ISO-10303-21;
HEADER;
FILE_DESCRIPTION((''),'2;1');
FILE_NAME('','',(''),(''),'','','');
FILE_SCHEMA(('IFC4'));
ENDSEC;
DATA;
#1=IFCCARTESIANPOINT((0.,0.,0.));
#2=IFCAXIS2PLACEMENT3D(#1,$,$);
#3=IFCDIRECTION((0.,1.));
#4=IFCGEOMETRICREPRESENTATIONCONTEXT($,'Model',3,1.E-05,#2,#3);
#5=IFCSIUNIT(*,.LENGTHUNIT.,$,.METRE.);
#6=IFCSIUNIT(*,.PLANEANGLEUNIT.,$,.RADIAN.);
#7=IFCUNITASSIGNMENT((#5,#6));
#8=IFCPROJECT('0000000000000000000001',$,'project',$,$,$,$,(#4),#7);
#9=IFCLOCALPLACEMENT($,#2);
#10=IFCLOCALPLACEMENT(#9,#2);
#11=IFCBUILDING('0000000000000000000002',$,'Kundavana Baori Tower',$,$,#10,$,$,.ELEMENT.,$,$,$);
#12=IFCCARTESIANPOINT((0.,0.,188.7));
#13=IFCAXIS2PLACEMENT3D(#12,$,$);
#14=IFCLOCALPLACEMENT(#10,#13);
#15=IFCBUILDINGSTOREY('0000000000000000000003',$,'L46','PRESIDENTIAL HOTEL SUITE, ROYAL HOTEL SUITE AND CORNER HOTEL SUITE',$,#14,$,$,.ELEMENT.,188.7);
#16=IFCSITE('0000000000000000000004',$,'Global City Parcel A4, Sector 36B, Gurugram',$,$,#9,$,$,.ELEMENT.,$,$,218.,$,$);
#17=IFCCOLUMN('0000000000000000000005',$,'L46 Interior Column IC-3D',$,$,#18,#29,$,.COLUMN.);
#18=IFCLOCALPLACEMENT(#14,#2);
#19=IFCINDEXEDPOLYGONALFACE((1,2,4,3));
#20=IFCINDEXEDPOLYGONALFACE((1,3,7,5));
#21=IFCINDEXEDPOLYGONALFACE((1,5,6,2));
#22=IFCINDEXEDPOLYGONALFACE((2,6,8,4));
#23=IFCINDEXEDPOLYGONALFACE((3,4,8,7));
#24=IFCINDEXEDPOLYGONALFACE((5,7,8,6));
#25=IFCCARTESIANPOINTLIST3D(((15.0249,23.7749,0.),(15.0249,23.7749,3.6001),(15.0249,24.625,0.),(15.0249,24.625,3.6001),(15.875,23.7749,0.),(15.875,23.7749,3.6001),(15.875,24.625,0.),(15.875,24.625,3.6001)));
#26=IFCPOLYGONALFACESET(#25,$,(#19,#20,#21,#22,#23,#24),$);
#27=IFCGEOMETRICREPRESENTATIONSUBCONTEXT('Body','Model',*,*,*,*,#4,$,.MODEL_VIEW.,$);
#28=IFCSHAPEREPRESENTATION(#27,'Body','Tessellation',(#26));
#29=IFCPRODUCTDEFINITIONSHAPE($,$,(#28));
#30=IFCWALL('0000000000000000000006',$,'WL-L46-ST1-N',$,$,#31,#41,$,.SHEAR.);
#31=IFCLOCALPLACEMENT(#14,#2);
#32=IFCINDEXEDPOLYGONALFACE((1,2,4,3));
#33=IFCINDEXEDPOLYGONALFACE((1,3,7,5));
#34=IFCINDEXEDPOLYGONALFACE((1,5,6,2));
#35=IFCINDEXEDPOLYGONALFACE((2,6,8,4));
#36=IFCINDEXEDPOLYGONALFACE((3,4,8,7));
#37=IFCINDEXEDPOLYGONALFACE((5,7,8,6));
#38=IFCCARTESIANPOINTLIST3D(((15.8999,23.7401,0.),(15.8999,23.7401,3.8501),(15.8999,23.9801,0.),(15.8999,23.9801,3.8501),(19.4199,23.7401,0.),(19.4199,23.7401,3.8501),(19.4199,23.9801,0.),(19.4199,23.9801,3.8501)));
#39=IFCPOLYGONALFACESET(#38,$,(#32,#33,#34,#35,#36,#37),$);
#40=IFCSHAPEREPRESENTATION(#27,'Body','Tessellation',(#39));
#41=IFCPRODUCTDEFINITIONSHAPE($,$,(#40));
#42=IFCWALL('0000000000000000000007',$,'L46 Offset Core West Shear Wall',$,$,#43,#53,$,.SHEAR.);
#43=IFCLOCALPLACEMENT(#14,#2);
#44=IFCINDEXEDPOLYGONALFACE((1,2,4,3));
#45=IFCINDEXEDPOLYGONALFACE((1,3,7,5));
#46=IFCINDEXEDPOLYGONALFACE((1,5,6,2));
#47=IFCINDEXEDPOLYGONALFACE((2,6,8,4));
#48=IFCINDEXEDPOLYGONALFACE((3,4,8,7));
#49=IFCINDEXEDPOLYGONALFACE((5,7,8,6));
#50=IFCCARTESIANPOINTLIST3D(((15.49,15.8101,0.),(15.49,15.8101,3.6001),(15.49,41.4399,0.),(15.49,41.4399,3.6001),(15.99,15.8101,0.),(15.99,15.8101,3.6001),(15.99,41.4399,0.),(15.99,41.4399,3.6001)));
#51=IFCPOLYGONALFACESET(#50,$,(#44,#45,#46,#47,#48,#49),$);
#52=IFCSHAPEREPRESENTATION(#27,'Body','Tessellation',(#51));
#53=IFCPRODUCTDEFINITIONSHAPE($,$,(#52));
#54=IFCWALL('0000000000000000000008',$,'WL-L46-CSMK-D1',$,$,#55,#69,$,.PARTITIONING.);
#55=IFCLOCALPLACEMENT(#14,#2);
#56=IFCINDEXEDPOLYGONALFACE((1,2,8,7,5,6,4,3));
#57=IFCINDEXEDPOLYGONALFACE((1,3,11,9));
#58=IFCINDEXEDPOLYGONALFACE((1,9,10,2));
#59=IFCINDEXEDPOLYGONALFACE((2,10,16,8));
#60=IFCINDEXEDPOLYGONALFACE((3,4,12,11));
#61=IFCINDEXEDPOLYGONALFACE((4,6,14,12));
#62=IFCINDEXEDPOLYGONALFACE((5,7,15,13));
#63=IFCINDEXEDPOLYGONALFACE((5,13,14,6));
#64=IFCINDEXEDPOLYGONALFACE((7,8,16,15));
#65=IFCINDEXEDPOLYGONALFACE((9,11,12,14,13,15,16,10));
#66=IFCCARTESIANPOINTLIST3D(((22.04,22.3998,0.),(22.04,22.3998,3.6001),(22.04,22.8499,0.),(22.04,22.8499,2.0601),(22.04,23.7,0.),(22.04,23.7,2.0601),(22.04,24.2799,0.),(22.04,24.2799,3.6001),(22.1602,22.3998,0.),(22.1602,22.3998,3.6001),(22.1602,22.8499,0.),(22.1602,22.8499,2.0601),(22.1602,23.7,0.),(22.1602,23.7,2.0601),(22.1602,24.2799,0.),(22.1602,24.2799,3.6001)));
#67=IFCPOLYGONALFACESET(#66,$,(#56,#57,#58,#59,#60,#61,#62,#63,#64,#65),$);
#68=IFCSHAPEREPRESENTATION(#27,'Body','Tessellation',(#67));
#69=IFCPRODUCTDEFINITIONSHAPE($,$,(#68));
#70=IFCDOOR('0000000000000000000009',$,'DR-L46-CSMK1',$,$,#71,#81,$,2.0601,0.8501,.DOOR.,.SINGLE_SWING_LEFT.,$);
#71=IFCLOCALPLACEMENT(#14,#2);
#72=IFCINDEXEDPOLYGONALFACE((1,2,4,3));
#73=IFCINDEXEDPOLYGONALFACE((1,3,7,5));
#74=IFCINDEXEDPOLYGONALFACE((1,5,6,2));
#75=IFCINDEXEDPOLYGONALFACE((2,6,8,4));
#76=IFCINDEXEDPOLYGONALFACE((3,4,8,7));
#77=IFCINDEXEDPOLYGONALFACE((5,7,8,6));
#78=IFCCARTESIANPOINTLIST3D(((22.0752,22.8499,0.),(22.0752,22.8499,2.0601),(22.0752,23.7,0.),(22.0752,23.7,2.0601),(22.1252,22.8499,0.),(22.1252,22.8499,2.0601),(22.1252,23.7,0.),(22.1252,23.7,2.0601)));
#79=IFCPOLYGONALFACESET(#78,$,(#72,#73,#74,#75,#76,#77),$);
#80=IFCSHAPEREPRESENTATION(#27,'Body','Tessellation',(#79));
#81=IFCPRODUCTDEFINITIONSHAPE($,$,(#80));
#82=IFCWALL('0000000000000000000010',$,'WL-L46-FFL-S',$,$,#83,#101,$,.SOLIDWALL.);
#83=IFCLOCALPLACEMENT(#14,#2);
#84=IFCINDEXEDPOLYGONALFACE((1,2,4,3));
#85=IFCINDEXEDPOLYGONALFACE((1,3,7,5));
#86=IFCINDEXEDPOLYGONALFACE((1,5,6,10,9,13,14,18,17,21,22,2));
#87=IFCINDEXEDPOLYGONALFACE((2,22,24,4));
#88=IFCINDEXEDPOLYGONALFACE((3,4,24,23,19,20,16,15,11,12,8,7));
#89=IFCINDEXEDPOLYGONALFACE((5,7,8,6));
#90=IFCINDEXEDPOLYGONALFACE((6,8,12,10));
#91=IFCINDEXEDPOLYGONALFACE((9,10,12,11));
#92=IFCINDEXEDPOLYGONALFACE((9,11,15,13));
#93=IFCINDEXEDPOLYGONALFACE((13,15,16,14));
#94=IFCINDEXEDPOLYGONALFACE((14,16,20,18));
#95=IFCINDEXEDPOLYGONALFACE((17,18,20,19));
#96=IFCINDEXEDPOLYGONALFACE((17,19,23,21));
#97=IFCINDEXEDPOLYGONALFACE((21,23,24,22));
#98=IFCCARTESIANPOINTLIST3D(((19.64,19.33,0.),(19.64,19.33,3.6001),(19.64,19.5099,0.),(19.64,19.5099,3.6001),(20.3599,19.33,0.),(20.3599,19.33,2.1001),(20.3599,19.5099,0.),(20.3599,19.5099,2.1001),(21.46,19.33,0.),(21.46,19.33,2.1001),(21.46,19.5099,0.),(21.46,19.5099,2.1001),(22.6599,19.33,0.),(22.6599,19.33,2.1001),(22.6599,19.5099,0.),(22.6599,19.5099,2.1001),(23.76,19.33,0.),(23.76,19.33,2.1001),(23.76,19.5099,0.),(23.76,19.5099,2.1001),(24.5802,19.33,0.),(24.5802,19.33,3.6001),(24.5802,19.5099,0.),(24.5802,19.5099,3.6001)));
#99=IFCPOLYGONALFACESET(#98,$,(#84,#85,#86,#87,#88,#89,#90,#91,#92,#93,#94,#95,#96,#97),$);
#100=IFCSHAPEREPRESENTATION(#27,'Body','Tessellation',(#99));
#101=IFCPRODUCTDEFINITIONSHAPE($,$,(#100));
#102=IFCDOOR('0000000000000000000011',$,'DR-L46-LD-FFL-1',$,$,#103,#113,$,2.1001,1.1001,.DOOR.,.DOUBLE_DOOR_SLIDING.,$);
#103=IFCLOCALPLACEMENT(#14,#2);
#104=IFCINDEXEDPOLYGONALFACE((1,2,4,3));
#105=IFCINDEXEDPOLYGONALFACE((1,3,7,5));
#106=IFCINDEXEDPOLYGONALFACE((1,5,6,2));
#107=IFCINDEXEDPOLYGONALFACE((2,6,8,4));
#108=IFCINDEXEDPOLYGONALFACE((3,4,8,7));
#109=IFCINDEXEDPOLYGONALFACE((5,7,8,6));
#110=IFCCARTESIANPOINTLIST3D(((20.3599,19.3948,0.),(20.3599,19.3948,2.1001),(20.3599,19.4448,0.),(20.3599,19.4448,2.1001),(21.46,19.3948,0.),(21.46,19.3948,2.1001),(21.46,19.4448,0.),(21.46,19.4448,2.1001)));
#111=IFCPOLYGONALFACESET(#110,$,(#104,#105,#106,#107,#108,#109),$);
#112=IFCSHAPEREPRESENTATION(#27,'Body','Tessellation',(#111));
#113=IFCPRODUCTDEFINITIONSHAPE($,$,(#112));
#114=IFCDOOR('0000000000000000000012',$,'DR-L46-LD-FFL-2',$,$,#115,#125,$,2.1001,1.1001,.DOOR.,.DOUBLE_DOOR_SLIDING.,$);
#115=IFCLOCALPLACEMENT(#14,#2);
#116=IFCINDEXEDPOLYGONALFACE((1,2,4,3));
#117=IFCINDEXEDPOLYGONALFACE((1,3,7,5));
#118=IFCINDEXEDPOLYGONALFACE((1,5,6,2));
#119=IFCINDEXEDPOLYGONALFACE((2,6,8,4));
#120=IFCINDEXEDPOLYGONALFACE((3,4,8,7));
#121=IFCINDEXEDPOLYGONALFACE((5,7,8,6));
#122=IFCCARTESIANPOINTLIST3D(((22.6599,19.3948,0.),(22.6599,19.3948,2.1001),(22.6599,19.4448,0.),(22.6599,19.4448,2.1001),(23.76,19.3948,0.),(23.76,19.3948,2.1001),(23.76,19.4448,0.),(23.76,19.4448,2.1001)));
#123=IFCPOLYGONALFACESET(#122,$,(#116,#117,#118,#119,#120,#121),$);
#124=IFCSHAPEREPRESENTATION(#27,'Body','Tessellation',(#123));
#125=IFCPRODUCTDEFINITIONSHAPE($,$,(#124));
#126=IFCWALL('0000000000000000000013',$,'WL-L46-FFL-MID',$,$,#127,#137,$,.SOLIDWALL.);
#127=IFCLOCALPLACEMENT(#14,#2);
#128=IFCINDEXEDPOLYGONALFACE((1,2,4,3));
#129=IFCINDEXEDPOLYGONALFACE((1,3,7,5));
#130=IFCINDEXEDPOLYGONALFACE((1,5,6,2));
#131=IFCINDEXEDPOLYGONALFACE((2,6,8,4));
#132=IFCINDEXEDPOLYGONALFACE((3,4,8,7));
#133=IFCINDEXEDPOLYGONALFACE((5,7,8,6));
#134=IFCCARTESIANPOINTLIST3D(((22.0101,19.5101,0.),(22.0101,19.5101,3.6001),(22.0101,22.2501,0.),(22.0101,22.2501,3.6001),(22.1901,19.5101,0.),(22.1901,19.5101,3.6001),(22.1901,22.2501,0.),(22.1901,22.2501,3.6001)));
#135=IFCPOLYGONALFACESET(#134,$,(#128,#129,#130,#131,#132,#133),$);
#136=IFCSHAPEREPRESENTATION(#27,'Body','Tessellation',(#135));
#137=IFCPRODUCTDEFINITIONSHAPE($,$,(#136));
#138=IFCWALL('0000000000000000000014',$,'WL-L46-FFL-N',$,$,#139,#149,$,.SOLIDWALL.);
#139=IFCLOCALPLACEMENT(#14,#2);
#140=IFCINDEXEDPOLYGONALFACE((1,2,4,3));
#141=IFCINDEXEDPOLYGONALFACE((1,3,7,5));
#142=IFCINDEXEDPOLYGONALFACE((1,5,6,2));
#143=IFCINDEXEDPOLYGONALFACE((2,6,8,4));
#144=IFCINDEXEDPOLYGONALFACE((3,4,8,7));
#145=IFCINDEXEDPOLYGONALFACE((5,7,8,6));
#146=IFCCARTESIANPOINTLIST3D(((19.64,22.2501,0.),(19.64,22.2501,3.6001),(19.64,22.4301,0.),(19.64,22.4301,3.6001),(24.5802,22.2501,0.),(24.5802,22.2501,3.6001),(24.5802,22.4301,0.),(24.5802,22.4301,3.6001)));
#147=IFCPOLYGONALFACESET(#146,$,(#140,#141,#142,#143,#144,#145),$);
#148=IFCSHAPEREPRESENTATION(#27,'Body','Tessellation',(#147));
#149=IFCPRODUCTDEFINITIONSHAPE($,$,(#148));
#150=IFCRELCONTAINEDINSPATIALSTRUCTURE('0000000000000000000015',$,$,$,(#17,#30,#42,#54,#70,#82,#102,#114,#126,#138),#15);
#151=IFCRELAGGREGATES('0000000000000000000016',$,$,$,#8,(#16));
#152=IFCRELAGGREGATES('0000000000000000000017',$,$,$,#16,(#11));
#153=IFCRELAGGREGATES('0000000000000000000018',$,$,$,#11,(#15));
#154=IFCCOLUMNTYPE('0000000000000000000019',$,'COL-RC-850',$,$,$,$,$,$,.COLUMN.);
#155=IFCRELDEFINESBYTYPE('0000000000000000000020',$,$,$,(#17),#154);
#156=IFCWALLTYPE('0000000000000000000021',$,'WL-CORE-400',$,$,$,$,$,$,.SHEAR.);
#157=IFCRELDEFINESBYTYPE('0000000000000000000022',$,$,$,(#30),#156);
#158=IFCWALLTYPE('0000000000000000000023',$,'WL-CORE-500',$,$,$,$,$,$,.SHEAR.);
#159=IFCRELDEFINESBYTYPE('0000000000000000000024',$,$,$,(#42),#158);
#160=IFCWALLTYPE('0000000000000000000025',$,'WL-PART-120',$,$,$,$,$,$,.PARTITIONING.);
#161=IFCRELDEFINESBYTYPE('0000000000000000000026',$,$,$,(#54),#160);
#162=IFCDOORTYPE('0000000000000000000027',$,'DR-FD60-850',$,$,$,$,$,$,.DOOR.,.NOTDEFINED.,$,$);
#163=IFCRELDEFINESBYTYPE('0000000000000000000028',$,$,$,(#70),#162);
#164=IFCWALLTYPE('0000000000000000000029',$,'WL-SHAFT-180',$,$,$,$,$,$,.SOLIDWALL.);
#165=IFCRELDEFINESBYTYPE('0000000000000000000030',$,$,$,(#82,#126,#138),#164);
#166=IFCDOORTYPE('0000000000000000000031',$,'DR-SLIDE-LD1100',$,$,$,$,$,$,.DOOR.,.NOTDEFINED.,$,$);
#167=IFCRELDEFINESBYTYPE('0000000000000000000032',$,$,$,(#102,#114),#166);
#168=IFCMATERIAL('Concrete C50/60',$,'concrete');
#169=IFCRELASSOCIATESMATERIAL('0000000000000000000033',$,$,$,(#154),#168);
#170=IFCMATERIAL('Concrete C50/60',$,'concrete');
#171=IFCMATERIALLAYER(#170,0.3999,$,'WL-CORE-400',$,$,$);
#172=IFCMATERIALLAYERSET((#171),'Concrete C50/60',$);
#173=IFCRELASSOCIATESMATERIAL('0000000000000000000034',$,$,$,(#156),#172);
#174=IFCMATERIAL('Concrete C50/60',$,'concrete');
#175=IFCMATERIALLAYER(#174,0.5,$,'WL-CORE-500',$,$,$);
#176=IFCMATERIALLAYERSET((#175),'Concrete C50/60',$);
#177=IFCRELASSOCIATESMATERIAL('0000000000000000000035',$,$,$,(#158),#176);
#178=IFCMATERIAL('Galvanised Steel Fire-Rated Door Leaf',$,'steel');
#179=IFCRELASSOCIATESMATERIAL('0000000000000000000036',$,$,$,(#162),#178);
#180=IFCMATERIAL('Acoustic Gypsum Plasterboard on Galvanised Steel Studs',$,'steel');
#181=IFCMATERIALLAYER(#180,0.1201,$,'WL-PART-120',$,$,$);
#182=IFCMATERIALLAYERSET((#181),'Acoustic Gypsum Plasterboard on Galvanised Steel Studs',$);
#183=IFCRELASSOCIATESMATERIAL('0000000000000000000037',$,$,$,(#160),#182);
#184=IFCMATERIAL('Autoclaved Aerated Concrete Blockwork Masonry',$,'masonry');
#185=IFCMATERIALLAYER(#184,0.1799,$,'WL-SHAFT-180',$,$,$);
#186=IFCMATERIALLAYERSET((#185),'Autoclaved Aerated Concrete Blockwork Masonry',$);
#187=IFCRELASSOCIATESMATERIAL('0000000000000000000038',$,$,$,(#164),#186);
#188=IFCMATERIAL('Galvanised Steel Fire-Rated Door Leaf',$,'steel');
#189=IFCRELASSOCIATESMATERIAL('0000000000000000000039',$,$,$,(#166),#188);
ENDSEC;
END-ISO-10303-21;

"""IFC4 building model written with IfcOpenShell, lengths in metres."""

from ifc_helpers import new_model, si_unit, direction, frame, frame_2d, origin, origin_2d, place, context, subcontext, project, spatial, rectangle, extrude, material, layer, layer_set, material_profile, profile_set, type_object, element, fill, save


model = new_model("IFC4")

# Units and contexts
model_context = context("Model", 3, precision=1e-05, world=origin(), true_north=direction((0.0, 1.0)))
body_context = subcontext(model_context, "Body", "Model", "MODEL_VIEW")
ifc_project = project(units=[si_unit("LENGTHUNIT", "METRE"), si_unit("PLANEANGLEUNIT", "RADIAN")], contexts=[model_context])

# Site, building, storey
site_placement = place(None, origin())
site = spatial("IfcSite", under=ifc_project, at=site_placement, Name="Global City Parcel A4, Sector 36B, Gurugram", CompositionType="ELEMENT", RefElevation=218.0)
building_placement = place(site_placement, origin())
building = spatial("IfcBuilding", under=site, at=building_placement, Name="Kundavana Baori Tower", CompositionType="ELEMENT")
storey_placement = place(building_placement, frame((0.0, 0.0, 188.7)))
storey = spatial("IfcBuildingStorey", under=building, at=storey_placement, Name="L46", Description="PRESIDENTIAL HOTEL SUITE, ROYAL HOTEL SUITE AND CORNER HOTEL SUITE", CompositionType="ELEMENT", Elevation=188.7)

# Column
ifc_material_1 = material(Name="Concrete C50/60", Category="concrete")
ifc_material_profile = material_profile(ifc_material_1, rectangle(XDim=0.8501, YDim=0.8501, at=origin_2d()), Name="RC 850x850")
ifc_profile_set = profile_set([ifc_material_profile], Name="Concrete C50/60")
column_type = type_object("IfcColumnType", Name="COL-RC-850", PredefinedType="COLUMN", material=ifc_profile_set)
column_placement = place(storey_placement, frame((15.45, 24.2, 0.0), z_axis=(0.0, 0.0, 1.0), x_axis=(1.0, 0.0, 0.0)))
element("IfcColumn", 1, at=column_placement, inside=storey, type_object=column_type, Name="L46 Interior Column IC-3D", PredefinedType="COLUMN", context=body_context, shape_type="SweptSolid", body=[
    extrude(rectangle(XDim=0.8501, YDim=0.8501, at=origin_2d()), origin(), (0.0, 0.0, 1.0), 3.6001),
])

# Walls
ifc_material_2 = material(Name="Concrete C50/60", Category="concrete")
ifc_layer_1 = layer(ifc_material_2, 0.3999, Name="WL-CORE-400")
ifc_layer_set_1 = layer_set([ifc_layer_1], Name="Concrete C50/60")
wall_type_1 = type_object("IfcWallType", Name="WL-CORE-400", PredefinedType="SHEAR", material=ifc_layer_set_1)
wall_1_placement = place(storey_placement, frame((15.8999, 23.8601, 0.0), z_axis=(0.0, 0.0, 1.0), x_axis=(1.0, 0.0, 0.0)))
element("IfcWall", 2, at=wall_1_placement, inside=storey, type_object=wall_type_1, Name="WL-L46-ST1-N", PredefinedType="SHEAR", context=body_context, shape_type="SweptSolid", body=[
    extrude(rectangle(XDim=3.52, YDim=0.24, at=frame_2d((1.76, 0.0))), origin(), (0.0, 0.0, 1.0), 3.8501),
])
ifc_material_3 = material(Name="Concrete C50/60", Category="concrete")
ifc_layer_2 = layer(ifc_material_3, 0.5, Name="WL-CORE-500")
ifc_layer_set_2 = layer_set([ifc_layer_2], Name="Concrete C50/60")
wall_type_2 = type_object("IfcWallType", Name="WL-CORE-500", PredefinedType="SHEAR", material=ifc_layer_set_2)
wall_2_placement = place(storey_placement, frame((15.74, 15.8101, 0.0), z_axis=(0.0, 0.0, 1.0), x_axis=(0.0, 1.0, 0.0)))
element("IfcWall", 3, at=wall_2_placement, inside=storey, type_object=wall_type_2, Name="L46 Offset Core West Shear Wall", PredefinedType="SHEAR", context=body_context, shape_type="SweptSolid", body=[
    extrude(rectangle(XDim=25.6299, YDim=0.5, at=frame_2d((12.8149, 0.0))), origin(), (0.0, 0.0, 1.0), 3.6001),
])

# Shared definitions
ifc_material_4 = material(Name="Galvanised Steel Fire-Rated Door Leaf", Category="steel")
door_type_1 = type_object("IfcDoorType", Name="DR-FD60-850", OperationType="NOTDEFINED", PredefinedType="DOOR", material=ifc_material_4)

# Wall, opening, door
ifc_material_5 = material(Name="Acoustic Gypsum Plasterboard on Galvanised Steel Studs", Category="steel")
ifc_layer_3 = layer(ifc_material_5, 0.1201, Name="WL-PART-120")
ifc_layer_set_3 = layer_set([ifc_layer_3], Name="Acoustic Gypsum Plasterboard on Galvanised Steel Studs")
wall_type_3 = type_object("IfcWallType", Name="WL-PART-120", PredefinedType="PARTITIONING", material=ifc_layer_set_3)
wall_3_placement = place(storey_placement, frame((22.1001, 22.3999, 0.0), z_axis=(0.0, 0.0, 1.0), x_axis=(0.0, 1.0, 0.0)))
wall_3 = element("IfcWall", 4, at=wall_3_placement, inside=storey, type_object=wall_type_3, Name="WL-L46-CSMK-D1", PredefinedType="PARTITIONING", context=body_context, shape_type="SweptSolid", body=[
    extrude(rectangle(XDim=1.8801, YDim=0.1201, at=frame_2d((0.9399, 0.0))), origin(), (0.0, 0.0, 1.0), 3.6001),
])
opening_1_placement = place(wall_3_placement, frame((0.45, 0.0, 0.0)))
opening_1 = element("IfcOpeningElement", 5, at=opening_1_placement, cuts=wall_3, PredefinedType="OPENING", context=body_context, shape_type="SweptSolid", body=[
    extrude(rectangle(XDim=0.8501, YDim=2.0601, at=frame_2d((0.425, 1.03))), frame((0.0, 0.0701, 0.0), z_axis=(0.0, -1.0, 0.0), x_axis=(1.0, 0.0, 0.0)), (0.0, 0.0, 1.0), 0.1401),
])
door_1_placement = place(opening_1_placement, origin())
door_1 = element("IfcDoor", 6, at=door_1_placement, inside=storey, type_object=door_type_1, Name="DR-L46-CSMK1", OperationType="SINGLE_SWING_LEFT", OverallHeight=2.0601, OverallWidth=0.8501, PredefinedType="DOOR", context=body_context, shape_type="SweptSolid", body=[
    extrude(rectangle(XDim=0.8501, YDim=2.0601, at=frame_2d((0.425, 1.03))), frame((0.0, 0.0249, 0.0), z_axis=(0.0, -1.0, 0.0), x_axis=(1.0, 0.0, 0.0)), (0.0, 0.0, 1.0), 0.05),
])
fill(opening_1, door_1)

# Wall, openings, doors
ifc_material_6 = material(Name="Autoclaved Aerated Concrete Blockwork Masonry", Category="masonry")
ifc_layer_4 = layer(ifc_material_6, 0.1799, Name="WL-SHAFT-180")
ifc_layer_set_4 = layer_set([ifc_layer_4], Name="Autoclaved Aerated Concrete Blockwork Masonry")
wall_type_4 = type_object("IfcWallType", Name="WL-SHAFT-180", PredefinedType="SOLIDWALL", material=ifc_layer_set_4)
wall_4_placement = place(storey_placement, frame((19.6399, 19.4199, 0.0), z_axis=(0.0, 0.0, 1.0), x_axis=(1.0, 0.0, 0.0)))
wall_4 = element("IfcWall", 7, at=wall_4_placement, inside=storey, type_object=wall_type_4, Name="WL-L46-FFL-S", PredefinedType="SOLIDWALL", context=body_context, shape_type="SweptSolid", body=[
    extrude(rectangle(XDim=4.9402, YDim=0.1799, at=frame_2d((2.4702, 0.0))), origin(), (0.0, 0.0, 1.0), 3.6001),
])
opening_2_placement = place(wall_4_placement, frame((0.72, 0.0, 0.0)))
opening_2 = element("IfcOpeningElement", 8, at=opening_2_placement, cuts=wall_4, PredefinedType="OPENING", context=body_context, shape_type="SweptSolid", body=[
    extrude(rectangle(XDim=1.1001, YDim=2.1001, at=frame_2d((0.55, 1.05))), frame((0.0, 0.1001, 0.0), z_axis=(0.0, -1.0, 0.0), x_axis=(1.0, 0.0, 0.0)), (0.0, 0.0, 1.0), 0.2),
])
opening_3_placement = place(wall_4_placement, frame((3.02, 0.0, 0.0)))
opening_3 = element("IfcOpeningElement", 9, at=opening_3_placement, cuts=wall_4, PredefinedType="OPENING", context=body_context, shape_type="SweptSolid", body=[
    extrude(rectangle(XDim=1.1001, YDim=2.1001, at=frame_2d((0.55, 1.05))), frame((0.0, 0.1001, 0.0), z_axis=(0.0, -1.0, 0.0), x_axis=(1.0, 0.0, 0.0)), (0.0, 0.0, 1.0), 0.2),
])
ifc_material_7 = material(Name="Galvanised Steel Fire-Rated Door Leaf", Category="steel")
door_type_2 = type_object("IfcDoorType", Name="DR-SLIDE-LD1100", OperationType="NOTDEFINED", PredefinedType="DOOR", material=ifc_material_7)
door_2_placement = place(opening_2_placement, origin())
door_2 = element("IfcDoor", 10, at=door_2_placement, inside=storey, type_object=door_type_2, Name="DR-L46-LD-FFL-1", OperationType="DOUBLE_DOOR_SLIDING", OverallHeight=2.1001, OverallWidth=1.1001, PredefinedType="DOOR", context=body_context, shape_type="SweptSolid", body=[
    extrude(rectangle(XDim=1.1001, YDim=2.1001, at=frame_2d((0.55, 1.05))), frame((0.0, 0.0249, 0.0), z_axis=(0.0, -1.0, 0.0), x_axis=(1.0, 0.0, 0.0)), (0.0, 0.0, 1.0), 0.05),
])
fill(opening_2, door_2)
door_3_placement = place(opening_3_placement, origin())
door_3 = element("IfcDoor", 11, at=door_3_placement, inside=storey, type_object=door_type_2, Name="DR-L46-LD-FFL-2", OperationType="DOUBLE_DOOR_SLIDING", OverallHeight=2.1001, OverallWidth=1.1001, PredefinedType="DOOR", context=body_context, shape_type="SweptSolid", body=[
    extrude(rectangle(XDim=1.1001, YDim=2.1001, at=frame_2d((0.55, 1.05))), frame((0.0, 0.0249, 0.0), z_axis=(0.0, -1.0, 0.0), x_axis=(1.0, 0.0, 0.0)), (0.0, 0.0, 1.0), 0.05),
])
fill(opening_3, door_3)

# Walls
wall_5_placement = place(storey_placement, frame((22.1001, 19.51, 0.0), z_axis=(0.0, 0.0, 1.0), x_axis=(0.0, 1.0, 0.0)))
element("IfcWall", 12, at=wall_5_placement, inside=storey, type_object=wall_type_4, Name="WL-L46-FFL-MID", PredefinedType="SOLIDWALL", context=body_context, shape_type="SweptSolid", body=[
    extrude(rectangle(XDim=2.74, YDim=0.1799, at=frame_2d((1.3701, 0.0))), origin(), (0.0, 0.0, 1.0), 3.6001),
])
wall_6_placement = place(storey_placement, frame((19.6399, 22.3401, 0.0), z_axis=(0.0, 0.0, 1.0), x_axis=(1.0, 0.0, 0.0)))
element("IfcWall", 13, at=wall_6_placement, inside=storey, type_object=wall_type_4, Name="WL-L46-FFL-N", PredefinedType="SOLIDWALL", context=body_context, shape_type="SweptSolid", body=[
    extrude(rectangle(XDim=4.9402, YDim=0.1799, at=frame_2d((2.4702, 0.0))), origin(), (0.0, 0.0, 1.0), 3.6001),
])

save(model, "model.ifc")
